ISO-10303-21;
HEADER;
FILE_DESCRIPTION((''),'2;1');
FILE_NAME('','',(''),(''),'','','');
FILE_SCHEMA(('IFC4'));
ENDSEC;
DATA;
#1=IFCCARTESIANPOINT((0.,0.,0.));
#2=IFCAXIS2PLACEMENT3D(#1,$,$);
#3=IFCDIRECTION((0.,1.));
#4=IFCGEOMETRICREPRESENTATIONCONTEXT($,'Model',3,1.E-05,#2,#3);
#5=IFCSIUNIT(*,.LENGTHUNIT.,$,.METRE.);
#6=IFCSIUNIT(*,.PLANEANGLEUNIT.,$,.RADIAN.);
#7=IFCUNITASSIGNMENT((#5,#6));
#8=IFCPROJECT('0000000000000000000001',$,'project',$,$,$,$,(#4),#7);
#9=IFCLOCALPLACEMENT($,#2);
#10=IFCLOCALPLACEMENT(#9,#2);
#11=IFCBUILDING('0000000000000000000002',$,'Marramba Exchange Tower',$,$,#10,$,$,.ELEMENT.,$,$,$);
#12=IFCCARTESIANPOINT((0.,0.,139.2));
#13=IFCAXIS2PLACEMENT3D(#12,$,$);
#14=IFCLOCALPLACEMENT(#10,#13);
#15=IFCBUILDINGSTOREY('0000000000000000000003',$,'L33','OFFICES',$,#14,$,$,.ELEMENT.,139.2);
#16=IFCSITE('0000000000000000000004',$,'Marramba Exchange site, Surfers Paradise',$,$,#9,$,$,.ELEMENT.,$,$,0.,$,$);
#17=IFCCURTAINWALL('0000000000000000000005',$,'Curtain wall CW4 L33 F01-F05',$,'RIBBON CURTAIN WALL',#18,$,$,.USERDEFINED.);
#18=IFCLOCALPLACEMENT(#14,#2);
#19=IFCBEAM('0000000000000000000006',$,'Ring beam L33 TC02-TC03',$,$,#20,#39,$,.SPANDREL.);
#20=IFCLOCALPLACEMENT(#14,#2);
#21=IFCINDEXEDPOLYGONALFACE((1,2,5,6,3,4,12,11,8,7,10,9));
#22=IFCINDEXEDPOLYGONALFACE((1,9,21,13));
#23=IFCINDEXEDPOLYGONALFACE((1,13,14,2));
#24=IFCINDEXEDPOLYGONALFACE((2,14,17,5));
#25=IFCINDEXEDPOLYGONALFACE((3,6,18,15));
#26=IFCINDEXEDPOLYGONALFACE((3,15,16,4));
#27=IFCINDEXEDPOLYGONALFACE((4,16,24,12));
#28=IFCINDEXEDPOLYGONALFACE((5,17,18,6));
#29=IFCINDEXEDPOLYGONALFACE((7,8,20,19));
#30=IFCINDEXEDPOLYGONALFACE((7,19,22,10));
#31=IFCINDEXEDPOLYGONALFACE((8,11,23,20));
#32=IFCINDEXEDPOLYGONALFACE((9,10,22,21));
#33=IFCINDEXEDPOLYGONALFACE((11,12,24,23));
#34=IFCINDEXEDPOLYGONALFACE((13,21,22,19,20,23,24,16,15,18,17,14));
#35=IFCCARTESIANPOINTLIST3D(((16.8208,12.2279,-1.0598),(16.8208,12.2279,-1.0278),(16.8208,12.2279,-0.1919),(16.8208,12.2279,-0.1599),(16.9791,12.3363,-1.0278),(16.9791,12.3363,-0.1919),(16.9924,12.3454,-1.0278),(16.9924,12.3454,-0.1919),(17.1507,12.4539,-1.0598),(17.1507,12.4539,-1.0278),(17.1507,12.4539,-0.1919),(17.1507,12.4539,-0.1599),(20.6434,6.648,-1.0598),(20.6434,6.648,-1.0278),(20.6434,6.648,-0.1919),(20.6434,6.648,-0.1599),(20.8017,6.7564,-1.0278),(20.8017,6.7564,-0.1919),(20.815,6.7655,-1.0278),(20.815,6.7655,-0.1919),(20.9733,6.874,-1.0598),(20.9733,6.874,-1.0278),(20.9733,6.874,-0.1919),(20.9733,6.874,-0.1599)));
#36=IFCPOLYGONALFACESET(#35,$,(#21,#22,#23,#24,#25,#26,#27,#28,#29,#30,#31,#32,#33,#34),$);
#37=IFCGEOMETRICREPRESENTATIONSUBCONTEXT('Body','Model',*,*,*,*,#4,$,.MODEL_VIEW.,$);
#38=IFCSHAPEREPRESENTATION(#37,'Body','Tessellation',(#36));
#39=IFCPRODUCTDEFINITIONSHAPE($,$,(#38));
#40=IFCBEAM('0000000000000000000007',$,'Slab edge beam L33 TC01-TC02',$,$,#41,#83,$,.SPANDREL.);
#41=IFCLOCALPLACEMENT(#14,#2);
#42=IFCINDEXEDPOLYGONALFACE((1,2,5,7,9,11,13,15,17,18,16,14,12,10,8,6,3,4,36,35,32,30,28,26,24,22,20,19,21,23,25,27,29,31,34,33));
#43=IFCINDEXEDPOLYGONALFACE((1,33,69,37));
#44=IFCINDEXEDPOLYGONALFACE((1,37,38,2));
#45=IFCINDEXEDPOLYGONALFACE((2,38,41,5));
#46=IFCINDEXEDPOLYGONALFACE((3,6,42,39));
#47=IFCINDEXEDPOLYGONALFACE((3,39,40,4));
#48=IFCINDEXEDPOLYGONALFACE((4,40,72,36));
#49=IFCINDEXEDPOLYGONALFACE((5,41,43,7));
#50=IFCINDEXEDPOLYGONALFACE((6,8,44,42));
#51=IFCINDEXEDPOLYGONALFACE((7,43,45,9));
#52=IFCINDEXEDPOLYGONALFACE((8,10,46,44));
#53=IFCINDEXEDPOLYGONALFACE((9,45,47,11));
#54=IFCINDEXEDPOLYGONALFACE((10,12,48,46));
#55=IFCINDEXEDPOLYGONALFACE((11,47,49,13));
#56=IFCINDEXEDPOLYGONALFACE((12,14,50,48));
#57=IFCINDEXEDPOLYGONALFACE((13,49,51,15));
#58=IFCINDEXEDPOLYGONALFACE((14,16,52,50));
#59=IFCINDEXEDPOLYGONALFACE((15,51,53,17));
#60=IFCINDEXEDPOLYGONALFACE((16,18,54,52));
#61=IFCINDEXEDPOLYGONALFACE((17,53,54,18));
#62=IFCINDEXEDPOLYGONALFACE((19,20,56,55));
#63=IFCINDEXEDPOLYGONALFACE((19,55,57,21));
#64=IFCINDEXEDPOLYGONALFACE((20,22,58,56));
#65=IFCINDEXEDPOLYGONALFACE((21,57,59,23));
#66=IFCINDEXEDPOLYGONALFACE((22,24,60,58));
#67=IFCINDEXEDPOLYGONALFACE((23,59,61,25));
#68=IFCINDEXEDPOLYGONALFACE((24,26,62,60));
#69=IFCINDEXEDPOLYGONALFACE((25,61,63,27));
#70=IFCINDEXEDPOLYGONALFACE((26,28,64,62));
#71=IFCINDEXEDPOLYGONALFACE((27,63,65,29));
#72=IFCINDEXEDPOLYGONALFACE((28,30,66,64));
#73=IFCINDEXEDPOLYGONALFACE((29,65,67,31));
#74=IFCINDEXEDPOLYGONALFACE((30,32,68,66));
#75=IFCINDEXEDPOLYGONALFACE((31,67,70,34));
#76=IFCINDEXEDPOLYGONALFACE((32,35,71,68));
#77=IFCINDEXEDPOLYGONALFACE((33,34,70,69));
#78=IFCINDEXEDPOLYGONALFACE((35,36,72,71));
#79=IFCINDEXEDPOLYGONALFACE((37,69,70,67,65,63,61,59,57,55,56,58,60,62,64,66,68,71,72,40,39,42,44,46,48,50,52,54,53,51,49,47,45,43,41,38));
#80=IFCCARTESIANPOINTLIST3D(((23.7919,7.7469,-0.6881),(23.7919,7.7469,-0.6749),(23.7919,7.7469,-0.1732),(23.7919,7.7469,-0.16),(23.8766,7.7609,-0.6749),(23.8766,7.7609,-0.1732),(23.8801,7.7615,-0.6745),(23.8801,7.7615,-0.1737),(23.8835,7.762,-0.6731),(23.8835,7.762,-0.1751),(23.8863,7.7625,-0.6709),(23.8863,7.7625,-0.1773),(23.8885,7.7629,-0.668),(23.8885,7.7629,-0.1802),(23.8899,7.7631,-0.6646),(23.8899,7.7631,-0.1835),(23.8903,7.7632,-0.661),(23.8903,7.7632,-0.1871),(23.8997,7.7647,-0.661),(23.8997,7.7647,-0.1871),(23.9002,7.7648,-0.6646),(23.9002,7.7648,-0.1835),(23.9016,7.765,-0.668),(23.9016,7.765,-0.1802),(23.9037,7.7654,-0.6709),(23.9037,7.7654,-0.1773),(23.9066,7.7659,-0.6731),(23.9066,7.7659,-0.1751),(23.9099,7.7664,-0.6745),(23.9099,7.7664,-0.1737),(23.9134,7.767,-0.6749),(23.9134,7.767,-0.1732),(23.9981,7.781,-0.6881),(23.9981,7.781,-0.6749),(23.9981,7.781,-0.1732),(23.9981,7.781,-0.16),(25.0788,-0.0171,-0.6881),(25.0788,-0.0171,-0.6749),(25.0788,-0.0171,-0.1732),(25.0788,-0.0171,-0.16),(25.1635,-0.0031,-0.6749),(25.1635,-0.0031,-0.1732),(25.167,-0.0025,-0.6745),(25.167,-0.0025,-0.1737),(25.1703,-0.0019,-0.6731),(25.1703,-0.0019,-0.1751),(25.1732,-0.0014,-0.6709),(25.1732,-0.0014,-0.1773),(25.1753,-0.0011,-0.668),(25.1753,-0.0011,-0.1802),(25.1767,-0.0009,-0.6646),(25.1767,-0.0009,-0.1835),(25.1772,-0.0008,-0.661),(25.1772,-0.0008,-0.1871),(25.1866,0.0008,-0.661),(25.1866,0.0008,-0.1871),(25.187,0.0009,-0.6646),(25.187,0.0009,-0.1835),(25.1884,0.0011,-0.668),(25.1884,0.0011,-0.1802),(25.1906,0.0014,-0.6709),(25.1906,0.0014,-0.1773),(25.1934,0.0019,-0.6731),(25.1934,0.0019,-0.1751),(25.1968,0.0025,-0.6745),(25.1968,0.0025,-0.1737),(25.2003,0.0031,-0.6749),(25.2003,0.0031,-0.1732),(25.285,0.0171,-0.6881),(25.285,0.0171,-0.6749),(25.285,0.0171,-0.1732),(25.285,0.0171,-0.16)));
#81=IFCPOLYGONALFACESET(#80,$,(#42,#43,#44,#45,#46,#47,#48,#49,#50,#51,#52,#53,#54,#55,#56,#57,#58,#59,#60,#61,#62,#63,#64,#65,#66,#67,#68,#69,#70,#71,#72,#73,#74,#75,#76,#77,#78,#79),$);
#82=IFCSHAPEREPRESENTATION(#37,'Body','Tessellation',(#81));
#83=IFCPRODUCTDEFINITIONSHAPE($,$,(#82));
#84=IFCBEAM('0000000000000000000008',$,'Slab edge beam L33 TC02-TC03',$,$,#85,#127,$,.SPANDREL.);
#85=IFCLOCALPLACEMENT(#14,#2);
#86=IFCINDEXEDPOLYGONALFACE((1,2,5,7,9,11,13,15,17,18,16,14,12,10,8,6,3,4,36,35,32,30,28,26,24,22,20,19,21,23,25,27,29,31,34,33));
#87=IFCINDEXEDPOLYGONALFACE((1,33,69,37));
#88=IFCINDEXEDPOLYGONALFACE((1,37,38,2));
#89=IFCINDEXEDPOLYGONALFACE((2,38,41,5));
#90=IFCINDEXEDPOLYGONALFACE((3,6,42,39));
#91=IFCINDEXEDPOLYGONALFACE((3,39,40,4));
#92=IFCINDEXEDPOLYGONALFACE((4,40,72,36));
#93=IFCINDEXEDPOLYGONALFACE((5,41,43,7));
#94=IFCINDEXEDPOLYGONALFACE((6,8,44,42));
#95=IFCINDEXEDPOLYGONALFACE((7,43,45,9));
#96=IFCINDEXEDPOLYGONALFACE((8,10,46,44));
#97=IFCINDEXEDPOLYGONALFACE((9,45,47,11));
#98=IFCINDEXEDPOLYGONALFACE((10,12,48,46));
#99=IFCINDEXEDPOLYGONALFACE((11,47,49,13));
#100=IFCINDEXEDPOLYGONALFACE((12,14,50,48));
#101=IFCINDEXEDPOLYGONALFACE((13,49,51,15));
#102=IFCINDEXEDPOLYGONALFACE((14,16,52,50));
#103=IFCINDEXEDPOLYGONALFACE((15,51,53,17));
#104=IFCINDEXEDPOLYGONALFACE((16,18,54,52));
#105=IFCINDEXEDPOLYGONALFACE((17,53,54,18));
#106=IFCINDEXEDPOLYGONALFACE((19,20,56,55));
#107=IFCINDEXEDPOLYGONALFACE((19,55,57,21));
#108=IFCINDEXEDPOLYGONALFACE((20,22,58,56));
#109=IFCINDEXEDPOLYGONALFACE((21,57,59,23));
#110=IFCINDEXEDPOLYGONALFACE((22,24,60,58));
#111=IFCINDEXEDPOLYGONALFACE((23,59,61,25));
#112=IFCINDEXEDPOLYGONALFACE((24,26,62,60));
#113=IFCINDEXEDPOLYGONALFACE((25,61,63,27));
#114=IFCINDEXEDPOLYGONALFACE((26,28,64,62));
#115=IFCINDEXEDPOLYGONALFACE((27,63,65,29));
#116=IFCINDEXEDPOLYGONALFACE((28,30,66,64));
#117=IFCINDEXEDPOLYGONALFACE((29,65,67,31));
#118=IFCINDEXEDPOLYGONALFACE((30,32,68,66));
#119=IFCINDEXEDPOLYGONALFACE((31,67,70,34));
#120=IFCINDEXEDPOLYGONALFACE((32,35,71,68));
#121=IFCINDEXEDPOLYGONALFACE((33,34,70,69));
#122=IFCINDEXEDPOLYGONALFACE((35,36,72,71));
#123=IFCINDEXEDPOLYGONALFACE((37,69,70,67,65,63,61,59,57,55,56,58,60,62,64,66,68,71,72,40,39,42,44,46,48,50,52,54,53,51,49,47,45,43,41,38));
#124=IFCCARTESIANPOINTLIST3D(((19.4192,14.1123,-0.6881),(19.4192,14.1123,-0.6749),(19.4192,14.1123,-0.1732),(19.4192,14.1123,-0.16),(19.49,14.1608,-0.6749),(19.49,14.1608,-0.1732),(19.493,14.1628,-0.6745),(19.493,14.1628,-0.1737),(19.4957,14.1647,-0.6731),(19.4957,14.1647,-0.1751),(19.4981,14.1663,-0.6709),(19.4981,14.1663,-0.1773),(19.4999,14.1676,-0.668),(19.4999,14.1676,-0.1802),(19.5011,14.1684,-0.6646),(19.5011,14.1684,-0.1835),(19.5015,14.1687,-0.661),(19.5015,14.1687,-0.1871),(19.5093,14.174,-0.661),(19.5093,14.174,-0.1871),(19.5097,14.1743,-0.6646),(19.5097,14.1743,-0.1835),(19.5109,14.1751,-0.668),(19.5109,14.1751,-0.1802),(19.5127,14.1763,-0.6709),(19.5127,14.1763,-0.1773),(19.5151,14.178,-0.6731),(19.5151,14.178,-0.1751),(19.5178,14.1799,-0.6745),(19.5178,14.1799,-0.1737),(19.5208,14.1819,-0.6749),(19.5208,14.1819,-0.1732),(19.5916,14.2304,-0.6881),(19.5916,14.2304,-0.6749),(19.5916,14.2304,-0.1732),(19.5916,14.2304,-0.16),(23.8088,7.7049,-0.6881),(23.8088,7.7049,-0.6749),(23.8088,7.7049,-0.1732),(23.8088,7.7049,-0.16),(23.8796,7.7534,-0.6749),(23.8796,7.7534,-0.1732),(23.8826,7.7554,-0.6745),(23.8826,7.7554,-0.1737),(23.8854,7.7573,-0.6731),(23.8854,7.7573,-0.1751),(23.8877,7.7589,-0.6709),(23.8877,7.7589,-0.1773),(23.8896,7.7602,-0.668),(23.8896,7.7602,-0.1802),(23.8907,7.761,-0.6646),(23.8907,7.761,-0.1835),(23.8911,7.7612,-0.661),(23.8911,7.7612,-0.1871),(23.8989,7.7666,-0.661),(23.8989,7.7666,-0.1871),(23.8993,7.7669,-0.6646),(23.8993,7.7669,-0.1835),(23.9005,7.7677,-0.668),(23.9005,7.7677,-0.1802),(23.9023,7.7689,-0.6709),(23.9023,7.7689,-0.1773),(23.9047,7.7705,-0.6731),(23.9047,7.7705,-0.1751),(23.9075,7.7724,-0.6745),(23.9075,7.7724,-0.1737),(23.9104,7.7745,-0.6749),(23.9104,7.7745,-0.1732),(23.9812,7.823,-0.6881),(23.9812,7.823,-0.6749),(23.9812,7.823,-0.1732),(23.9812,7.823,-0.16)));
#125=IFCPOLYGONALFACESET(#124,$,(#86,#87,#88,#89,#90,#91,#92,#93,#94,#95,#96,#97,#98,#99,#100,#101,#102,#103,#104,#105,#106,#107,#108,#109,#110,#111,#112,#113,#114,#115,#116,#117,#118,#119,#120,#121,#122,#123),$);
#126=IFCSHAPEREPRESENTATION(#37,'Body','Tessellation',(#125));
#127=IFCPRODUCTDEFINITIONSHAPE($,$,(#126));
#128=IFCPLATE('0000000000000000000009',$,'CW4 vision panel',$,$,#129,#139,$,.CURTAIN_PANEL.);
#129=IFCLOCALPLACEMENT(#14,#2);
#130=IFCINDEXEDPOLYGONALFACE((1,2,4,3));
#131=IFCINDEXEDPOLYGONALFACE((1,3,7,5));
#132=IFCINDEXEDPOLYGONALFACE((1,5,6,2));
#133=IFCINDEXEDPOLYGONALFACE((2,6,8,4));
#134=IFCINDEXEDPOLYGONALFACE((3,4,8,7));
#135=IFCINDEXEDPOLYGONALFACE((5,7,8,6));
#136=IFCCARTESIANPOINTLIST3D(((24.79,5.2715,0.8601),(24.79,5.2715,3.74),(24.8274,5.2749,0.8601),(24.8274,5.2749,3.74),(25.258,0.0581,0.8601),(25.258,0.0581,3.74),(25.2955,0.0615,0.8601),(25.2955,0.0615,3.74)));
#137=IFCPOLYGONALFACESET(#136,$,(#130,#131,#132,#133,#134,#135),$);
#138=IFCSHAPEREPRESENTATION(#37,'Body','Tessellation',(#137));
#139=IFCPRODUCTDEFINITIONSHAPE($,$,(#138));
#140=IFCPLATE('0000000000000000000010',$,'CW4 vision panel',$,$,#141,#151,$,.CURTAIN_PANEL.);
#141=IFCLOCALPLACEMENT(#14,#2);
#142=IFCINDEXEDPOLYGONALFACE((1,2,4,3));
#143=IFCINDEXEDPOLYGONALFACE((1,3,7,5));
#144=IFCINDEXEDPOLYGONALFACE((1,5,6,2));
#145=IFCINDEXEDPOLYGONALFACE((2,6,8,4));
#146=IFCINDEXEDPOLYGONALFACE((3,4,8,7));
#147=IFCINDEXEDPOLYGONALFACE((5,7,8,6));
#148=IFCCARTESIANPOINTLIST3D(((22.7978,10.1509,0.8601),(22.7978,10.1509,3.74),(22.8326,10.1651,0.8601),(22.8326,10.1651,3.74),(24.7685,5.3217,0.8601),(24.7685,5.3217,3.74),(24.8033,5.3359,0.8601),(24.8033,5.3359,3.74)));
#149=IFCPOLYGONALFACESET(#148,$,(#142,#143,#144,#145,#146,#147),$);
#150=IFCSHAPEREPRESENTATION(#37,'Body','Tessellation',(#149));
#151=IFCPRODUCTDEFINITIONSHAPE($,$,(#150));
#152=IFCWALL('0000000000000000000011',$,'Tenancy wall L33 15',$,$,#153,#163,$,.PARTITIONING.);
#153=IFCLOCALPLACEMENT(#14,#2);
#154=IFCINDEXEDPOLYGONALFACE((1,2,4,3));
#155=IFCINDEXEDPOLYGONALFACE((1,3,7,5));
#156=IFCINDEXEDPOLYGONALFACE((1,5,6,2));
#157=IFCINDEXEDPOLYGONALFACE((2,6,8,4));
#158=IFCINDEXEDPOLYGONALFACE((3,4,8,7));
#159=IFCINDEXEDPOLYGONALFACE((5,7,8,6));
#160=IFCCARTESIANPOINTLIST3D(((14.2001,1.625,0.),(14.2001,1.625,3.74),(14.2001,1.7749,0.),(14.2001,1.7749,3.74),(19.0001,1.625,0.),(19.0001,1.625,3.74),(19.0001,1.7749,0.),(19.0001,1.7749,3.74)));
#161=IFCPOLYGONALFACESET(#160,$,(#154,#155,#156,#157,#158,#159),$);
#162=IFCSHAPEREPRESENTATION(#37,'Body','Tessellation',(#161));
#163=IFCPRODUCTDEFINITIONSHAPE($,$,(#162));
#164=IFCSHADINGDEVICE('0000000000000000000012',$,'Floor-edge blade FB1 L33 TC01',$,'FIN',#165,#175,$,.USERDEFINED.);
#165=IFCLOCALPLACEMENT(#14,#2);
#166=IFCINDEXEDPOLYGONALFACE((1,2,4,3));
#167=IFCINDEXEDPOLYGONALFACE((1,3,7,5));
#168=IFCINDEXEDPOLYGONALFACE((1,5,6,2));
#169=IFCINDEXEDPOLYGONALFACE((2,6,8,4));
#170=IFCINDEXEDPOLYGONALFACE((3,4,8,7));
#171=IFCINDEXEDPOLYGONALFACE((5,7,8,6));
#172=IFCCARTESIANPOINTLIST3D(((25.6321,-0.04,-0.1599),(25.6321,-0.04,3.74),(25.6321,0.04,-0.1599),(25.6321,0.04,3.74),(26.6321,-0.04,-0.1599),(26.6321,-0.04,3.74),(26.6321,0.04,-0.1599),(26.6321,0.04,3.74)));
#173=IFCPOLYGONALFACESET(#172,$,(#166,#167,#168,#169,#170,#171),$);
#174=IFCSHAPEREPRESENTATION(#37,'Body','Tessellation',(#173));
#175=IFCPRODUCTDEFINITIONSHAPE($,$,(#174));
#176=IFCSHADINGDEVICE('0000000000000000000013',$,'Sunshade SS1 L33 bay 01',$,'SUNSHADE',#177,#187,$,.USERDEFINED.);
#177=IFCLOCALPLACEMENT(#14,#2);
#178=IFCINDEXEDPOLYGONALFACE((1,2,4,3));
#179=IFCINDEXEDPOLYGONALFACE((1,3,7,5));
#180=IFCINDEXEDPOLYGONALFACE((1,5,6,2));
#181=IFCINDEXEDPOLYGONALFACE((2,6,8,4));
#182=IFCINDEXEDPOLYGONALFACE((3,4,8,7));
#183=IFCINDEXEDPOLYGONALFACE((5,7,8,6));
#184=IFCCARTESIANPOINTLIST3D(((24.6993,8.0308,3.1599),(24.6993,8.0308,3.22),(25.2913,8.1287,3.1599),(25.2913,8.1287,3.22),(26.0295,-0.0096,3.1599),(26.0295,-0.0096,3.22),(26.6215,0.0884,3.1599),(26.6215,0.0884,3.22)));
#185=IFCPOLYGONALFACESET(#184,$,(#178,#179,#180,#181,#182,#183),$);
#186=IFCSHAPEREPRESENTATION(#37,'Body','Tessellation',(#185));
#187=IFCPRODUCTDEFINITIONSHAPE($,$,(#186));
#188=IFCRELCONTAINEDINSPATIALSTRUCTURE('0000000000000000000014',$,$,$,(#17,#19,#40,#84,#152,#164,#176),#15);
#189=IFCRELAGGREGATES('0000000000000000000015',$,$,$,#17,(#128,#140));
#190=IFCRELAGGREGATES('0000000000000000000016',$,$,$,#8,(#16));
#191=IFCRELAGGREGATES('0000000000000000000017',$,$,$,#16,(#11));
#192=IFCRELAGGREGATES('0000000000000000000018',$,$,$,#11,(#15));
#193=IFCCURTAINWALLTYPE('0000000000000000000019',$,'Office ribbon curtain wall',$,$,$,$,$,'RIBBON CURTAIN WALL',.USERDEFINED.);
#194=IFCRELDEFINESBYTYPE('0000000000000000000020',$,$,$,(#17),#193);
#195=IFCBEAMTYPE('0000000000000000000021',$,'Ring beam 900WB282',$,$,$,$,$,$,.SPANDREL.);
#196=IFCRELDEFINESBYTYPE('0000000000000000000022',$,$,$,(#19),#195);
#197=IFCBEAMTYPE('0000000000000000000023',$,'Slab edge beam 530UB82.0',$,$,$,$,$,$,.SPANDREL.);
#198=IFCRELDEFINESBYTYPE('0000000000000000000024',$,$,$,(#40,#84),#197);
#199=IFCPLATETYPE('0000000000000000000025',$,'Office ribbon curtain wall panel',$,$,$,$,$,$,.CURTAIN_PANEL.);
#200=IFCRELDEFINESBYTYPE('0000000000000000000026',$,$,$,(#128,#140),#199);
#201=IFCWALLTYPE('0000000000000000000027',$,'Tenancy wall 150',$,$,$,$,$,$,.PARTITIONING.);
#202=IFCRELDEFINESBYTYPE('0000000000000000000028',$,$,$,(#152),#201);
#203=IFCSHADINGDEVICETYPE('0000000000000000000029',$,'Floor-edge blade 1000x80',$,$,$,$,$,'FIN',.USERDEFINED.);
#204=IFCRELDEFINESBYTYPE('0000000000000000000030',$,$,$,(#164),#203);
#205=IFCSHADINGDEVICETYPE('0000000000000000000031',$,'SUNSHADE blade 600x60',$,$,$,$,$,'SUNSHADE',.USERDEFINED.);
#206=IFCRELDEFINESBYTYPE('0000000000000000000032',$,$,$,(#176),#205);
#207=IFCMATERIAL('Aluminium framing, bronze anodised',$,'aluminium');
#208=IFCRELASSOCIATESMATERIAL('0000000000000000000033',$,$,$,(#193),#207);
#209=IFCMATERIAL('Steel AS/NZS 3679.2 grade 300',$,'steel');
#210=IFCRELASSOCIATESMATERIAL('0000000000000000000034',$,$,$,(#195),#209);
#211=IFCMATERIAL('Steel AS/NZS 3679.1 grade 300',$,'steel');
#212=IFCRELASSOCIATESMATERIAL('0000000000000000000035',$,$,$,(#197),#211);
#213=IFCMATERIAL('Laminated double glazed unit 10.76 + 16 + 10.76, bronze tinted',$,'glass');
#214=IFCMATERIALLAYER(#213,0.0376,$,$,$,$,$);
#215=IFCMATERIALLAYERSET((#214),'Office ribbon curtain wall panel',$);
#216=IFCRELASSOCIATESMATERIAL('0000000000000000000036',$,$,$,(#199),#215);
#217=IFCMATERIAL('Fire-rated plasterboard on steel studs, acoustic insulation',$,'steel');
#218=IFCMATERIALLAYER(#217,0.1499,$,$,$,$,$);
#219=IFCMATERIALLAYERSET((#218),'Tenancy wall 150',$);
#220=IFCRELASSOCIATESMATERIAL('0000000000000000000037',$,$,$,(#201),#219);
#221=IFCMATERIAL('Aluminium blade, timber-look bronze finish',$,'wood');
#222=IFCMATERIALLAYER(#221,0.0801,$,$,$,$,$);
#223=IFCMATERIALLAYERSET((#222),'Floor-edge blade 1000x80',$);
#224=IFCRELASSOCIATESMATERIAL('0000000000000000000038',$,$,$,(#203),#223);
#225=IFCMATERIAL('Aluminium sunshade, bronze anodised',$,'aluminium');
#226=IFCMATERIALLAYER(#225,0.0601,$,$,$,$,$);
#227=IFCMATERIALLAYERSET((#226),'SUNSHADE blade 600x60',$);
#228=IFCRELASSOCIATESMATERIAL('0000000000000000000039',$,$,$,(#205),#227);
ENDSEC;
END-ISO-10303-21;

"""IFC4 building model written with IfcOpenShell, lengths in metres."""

from ifc_helpers import new_model, si_unit, direction, frame, frame_2d, origin, origin_2d, place, context, subcontext, project, spatial, rectangle, i_section, extrude, material, layer, layer_set, material_profile, profile_set, type_object, element, aggregate, save


model = new_model("IFC4")

# Units and contexts
model_context = context("Model", 3, precision=1e-05, world=origin(), true_north=direction((0.0, 1.0)))
body_context = subcontext(model_context, "Body", "Model", "MODEL_VIEW")
ifc_project = project(units=[si_unit("LENGTHUNIT", "METRE"), si_unit("PLANEANGLEUNIT", "RADIAN")], contexts=[model_context])

# Site, building, storey
site_placement = place(None, origin())
site = spatial("IfcSite", under=ifc_project, at=site_placement, Name="Marramba Exchange site, Surfers Paradise", CompositionType="ELEMENT", RefElevation=0.0)
building_placement = place(site_placement, origin())
building = spatial("IfcBuilding", under=site, at=building_placement, Name="Marramba Exchange Tower", CompositionType="ELEMENT")
storey_placement = place(building_placement, frame((0.0, 0.0, 139.2)))
storey = spatial("IfcBuildingStorey", under=building, at=storey_placement, Name="L33", Description="OFFICES", CompositionType="ELEMENT", Elevation=139.2)

# Shared definitions
ifc_material_1 = material(Name="Steel AS/NZS 3679.2 grade 300", Category="steel")
ifc_material_2 = material(Name="Steel AS/NZS 3679.1 grade 300", Category="steel")

# Curtain wall
ifc_material_3 = material(Name="Aluminium framing, bronze anodised", Category="aluminium")
curtain_wall_type = type_object("IfcCurtainWallType", Name="Office ribbon curtain wall", ElementType="RIBBON CURTAIN WALL", PredefinedType="USERDEFINED", material=ifc_material_3)
curtain_wall_placement = place(storey_placement, origin())
curtain_wall = element("IfcCurtainWall", 1, at=curtain_wall_placement, inside=storey, type_object=curtain_wall_type, Name="Curtain wall CW4 L33 F01-F05", ObjectType="RIBBON CURTAIN WALL", PredefinedType="USERDEFINED")

# Beams
ifc_material_profile_1 = material_profile(ifc_material_1, i_section(OverallWidth=0.3999, OverallDepth=0.8999, WebThickness=0.0161, FlangeThickness=0.032, at=origin_2d()), Name="900WB282")
ifc_profile_set_1 = profile_set([ifc_material_profile_1], Name="Steel AS/NZS 3679.2 grade 300")
beam_type_1 = type_object("IfcBeamType", Name="Ring beam 900WB282", PredefinedType="SPANDREL", material=ifc_profile_set_1)
beam_1_placement = place(storey_placement, frame((20.8083, 6.761, -0.6099), z_axis=(-0.56516, 0.824981, 0.0), x_axis=(-0.824981, -0.56516, 0.0)))
element("IfcBeam", 2, at=beam_1_placement, inside=storey, type_object=beam_type_1, Name="Ring beam L33 TC02-TC03", PredefinedType="SPANDREL", context=body_context, shape_type="SweptSolid", body=[
    extrude(i_section(OverallWidth=0.3999, OverallDepth=0.8999, WebThickness=0.0161, FlangeThickness=0.032, at=origin_2d()), origin(), (0.0, 0.0, 1.0), 6.7637),
])
ifc_material_profile_2 = material_profile(ifc_material_2, i_section(OverallWidth=0.209, OverallDepth=0.5281, WebThickness=0.0095, FlangeThickness=0.0132, FilletRadius=0.0139, at=origin_2d()), Name="530UB82.0")
ifc_profile_set_2 = profile_set([ifc_material_profile_2], Name="Steel AS/NZS 3679.1 grade 300")
beam_type_2 = type_object("IfcBeamType", Name="Slab edge beam 530UB82.0", PredefinedType="SPANDREL", material=ifc_profile_set_2)
beam_2_placement = place(storey_placement, frame((25.1819, 0.0, -0.4241), z_axis=(-0.163519, 0.98654, 0.0), x_axis=(-0.98654, -0.163519, 0.0)))
element("IfcBeam", 3, at=beam_2_placement, inside=storey, type_object=beam_type_2, Name="Slab edge beam L33 TC01-TC02", PredefinedType="SPANDREL", context=body_context, shape_type="SweptSolid", body=[
    extrude(i_section(OverallWidth=0.209, OverallDepth=0.5281, WebThickness=0.0095, FlangeThickness=0.0132, FilletRadius=0.0139, at=origin_2d()), origin(), (0.0, 0.0, 1.0), 7.8699),
])
beam_3_placement = place(storey_placement, frame((23.895, 7.7639, -0.4241), z_axis=(-0.565174, 0.824972, 0.0), x_axis=(-0.824972, -0.565174, 0.0)))
element("IfcBeam", 4, at=beam_3_placement, inside=storey, type_object=beam_type_2, Name="Slab edge beam L33 TC02-TC03", PredefinedType="SPANDREL", context=body_context, shape_type="SweptSolid", body=[
    extrude(i_section(OverallWidth=0.209, OverallDepth=0.5281, WebThickness=0.0095, FlangeThickness=0.0132, FilletRadius=0.0139, at=origin_2d()), origin(), (0.0, 0.0, 1.0), 7.7668),
])

# Plates
ifc_material_4 = material(Name="Laminated double glazed unit 10.76 + 16 + 10.76, bronze tinted", Category="glass")
ifc_layer_1 = layer(ifc_material_4, 0.0376)
ifc_layer_set_1 = layer_set([ifc_layer_1], Name="Office ribbon curtain wall panel")
plate_type = type_object("IfcPlateType", Name="Office ribbon curtain wall panel", PredefinedType="CURTAIN_PANEL", material=ifc_layer_set_1)
plate_1_placement = place(storey_placement, frame((25.0427, 2.6665, 0.8601), z_axis=(0.0, 0.0, 1.0), x_axis=(-0.089413, 0.995995, 0.0)))
plate_1 = element("IfcPlate", 5, at=plate_1_placement, type_object=plate_type, Name="CW4 vision panel", PredefinedType="CURTAIN_PANEL", context=body_context, shape_type="SweptSolid", body=[
    extrude(rectangle(XDim=5.2344, YDim=0.0376, at=origin_2d()), origin(), (0.0, 0.0, 1.0), 2.8799),
])
plate_2_placement = place(storey_placement, frame((23.8005, 7.7434, 0.8601), z_axis=(0.0, 0.0, 1.0), x_axis=(-0.377821, 0.925879, 0.0)))
plate_2 = element("IfcPlate", 6, at=plate_2_placement, type_object=plate_type, Name="CW4 vision panel", PredefinedType="CURTAIN_PANEL", context=body_context, shape_type="SweptSolid", body=[
    extrude(rectangle(XDim=5.2158, YDim=0.0376, at=origin_2d()), origin(), (0.0, 0.0, 1.0), 2.8799),
])
aggregate(curtain_wall, [plate_1, plate_2])

# Wall
ifc_material_5 = material(Name="Fire-rated plasterboard on steel studs, acoustic insulation", Category="steel")
ifc_layer_2 = layer(ifc_material_5, 0.1499)
ifc_layer_set_2 = layer_set([ifc_layer_2], Name="Tenancy wall 150")
wall_type = type_object("IfcWallType", Name="Tenancy wall 150", PredefinedType="PARTITIONING", material=ifc_layer_set_2)
wall_placement = place(storey_placement, frame((19.0, 1.7, 0.0), z_axis=(0.0, 0.0, 1.0), x_axis=(-1.0, 0.0, 0.0)))
element("IfcWall", 7, at=wall_placement, inside=storey, type_object=wall_type, Name="Tenancy wall L33 15", PredefinedType="PARTITIONING", context=body_context, shape_type="SweptSolid", body=[
    extrude(rectangle(XDim=4.8, YDim=0.1499, at=frame_2d((2.3999, 0.0))), origin(), (0.0, 0.0, 1.0), 3.74),
])

# Shading devices
ifc_material_6 = material(Name="Aluminium blade, timber-look bronze finish", Category="wood")
ifc_layer_3 = layer(ifc_material_6, 0.0801)
ifc_layer_set_3 = layer_set([ifc_layer_3], Name="Floor-edge blade 1000x80")
shading_device_type_1 = type_object("IfcShadingDeviceType", Name="Floor-edge blade 1000x80", ElementType="FIN", PredefinedType="USERDEFINED", material=ifc_layer_set_3)
shading_device_1_placement = place(storey_placement, frame((26.1321, 0.0, -0.1599), z_axis=(0.0, 0.0, 1.0), x_axis=(1.0, 0.0, 0.0)))
element("IfcShadingDevice", 8, at=shading_device_1_placement, inside=storey, type_object=shading_device_type_1, Name="Floor-edge blade FB1 L33 TC01", ObjectType="FIN", PredefinedType="USERDEFINED", context=body_context, shape_type="SweptSolid", body=[
    extrude(rectangle(XDim=1.0, YDim=0.0801, at=origin_2d()), origin(), (0.0, 0.0, 1.0), 3.8999),
])
ifc_material_7 = material(Name="Aluminium sunshade, bronze anodised", Category="aluminium")
ifc_layer_4 = layer(ifc_material_7, 0.0601)
ifc_layer_set_4 = layer_set([ifc_layer_4], Name="SUNSHADE blade 600x60")
shading_device_type_2 = type_object("IfcShadingDeviceType", Name="SUNSHADE blade 600x60", ElementType="SUNSHADE", PredefinedType="USERDEFINED", material=ifc_layer_set_4)
shading_device_2_placement = place(storey_placement, frame((25.6604, 4.0596, 3.1599), z_axis=(0.0, 0.0, 1.0), x_axis=(-0.163228, 0.986588, 0.0)))
element("IfcShadingDevice", 9, at=shading_device_2_placement, inside=storey, type_object=shading_device_type_2, Name="Sunshade SS1 L33 bay 01", ObjectType="SUNSHADE", PredefinedType="USERDEFINED", context=body_context, shape_type="SweptSolid", body=[
    extrude(rectangle(XDim=8.1497, YDim=0.6001, at=origin_2d()), origin(), (0.0, 0.0, 1.0), 0.0601),
])

save(model, "model.ifc")
